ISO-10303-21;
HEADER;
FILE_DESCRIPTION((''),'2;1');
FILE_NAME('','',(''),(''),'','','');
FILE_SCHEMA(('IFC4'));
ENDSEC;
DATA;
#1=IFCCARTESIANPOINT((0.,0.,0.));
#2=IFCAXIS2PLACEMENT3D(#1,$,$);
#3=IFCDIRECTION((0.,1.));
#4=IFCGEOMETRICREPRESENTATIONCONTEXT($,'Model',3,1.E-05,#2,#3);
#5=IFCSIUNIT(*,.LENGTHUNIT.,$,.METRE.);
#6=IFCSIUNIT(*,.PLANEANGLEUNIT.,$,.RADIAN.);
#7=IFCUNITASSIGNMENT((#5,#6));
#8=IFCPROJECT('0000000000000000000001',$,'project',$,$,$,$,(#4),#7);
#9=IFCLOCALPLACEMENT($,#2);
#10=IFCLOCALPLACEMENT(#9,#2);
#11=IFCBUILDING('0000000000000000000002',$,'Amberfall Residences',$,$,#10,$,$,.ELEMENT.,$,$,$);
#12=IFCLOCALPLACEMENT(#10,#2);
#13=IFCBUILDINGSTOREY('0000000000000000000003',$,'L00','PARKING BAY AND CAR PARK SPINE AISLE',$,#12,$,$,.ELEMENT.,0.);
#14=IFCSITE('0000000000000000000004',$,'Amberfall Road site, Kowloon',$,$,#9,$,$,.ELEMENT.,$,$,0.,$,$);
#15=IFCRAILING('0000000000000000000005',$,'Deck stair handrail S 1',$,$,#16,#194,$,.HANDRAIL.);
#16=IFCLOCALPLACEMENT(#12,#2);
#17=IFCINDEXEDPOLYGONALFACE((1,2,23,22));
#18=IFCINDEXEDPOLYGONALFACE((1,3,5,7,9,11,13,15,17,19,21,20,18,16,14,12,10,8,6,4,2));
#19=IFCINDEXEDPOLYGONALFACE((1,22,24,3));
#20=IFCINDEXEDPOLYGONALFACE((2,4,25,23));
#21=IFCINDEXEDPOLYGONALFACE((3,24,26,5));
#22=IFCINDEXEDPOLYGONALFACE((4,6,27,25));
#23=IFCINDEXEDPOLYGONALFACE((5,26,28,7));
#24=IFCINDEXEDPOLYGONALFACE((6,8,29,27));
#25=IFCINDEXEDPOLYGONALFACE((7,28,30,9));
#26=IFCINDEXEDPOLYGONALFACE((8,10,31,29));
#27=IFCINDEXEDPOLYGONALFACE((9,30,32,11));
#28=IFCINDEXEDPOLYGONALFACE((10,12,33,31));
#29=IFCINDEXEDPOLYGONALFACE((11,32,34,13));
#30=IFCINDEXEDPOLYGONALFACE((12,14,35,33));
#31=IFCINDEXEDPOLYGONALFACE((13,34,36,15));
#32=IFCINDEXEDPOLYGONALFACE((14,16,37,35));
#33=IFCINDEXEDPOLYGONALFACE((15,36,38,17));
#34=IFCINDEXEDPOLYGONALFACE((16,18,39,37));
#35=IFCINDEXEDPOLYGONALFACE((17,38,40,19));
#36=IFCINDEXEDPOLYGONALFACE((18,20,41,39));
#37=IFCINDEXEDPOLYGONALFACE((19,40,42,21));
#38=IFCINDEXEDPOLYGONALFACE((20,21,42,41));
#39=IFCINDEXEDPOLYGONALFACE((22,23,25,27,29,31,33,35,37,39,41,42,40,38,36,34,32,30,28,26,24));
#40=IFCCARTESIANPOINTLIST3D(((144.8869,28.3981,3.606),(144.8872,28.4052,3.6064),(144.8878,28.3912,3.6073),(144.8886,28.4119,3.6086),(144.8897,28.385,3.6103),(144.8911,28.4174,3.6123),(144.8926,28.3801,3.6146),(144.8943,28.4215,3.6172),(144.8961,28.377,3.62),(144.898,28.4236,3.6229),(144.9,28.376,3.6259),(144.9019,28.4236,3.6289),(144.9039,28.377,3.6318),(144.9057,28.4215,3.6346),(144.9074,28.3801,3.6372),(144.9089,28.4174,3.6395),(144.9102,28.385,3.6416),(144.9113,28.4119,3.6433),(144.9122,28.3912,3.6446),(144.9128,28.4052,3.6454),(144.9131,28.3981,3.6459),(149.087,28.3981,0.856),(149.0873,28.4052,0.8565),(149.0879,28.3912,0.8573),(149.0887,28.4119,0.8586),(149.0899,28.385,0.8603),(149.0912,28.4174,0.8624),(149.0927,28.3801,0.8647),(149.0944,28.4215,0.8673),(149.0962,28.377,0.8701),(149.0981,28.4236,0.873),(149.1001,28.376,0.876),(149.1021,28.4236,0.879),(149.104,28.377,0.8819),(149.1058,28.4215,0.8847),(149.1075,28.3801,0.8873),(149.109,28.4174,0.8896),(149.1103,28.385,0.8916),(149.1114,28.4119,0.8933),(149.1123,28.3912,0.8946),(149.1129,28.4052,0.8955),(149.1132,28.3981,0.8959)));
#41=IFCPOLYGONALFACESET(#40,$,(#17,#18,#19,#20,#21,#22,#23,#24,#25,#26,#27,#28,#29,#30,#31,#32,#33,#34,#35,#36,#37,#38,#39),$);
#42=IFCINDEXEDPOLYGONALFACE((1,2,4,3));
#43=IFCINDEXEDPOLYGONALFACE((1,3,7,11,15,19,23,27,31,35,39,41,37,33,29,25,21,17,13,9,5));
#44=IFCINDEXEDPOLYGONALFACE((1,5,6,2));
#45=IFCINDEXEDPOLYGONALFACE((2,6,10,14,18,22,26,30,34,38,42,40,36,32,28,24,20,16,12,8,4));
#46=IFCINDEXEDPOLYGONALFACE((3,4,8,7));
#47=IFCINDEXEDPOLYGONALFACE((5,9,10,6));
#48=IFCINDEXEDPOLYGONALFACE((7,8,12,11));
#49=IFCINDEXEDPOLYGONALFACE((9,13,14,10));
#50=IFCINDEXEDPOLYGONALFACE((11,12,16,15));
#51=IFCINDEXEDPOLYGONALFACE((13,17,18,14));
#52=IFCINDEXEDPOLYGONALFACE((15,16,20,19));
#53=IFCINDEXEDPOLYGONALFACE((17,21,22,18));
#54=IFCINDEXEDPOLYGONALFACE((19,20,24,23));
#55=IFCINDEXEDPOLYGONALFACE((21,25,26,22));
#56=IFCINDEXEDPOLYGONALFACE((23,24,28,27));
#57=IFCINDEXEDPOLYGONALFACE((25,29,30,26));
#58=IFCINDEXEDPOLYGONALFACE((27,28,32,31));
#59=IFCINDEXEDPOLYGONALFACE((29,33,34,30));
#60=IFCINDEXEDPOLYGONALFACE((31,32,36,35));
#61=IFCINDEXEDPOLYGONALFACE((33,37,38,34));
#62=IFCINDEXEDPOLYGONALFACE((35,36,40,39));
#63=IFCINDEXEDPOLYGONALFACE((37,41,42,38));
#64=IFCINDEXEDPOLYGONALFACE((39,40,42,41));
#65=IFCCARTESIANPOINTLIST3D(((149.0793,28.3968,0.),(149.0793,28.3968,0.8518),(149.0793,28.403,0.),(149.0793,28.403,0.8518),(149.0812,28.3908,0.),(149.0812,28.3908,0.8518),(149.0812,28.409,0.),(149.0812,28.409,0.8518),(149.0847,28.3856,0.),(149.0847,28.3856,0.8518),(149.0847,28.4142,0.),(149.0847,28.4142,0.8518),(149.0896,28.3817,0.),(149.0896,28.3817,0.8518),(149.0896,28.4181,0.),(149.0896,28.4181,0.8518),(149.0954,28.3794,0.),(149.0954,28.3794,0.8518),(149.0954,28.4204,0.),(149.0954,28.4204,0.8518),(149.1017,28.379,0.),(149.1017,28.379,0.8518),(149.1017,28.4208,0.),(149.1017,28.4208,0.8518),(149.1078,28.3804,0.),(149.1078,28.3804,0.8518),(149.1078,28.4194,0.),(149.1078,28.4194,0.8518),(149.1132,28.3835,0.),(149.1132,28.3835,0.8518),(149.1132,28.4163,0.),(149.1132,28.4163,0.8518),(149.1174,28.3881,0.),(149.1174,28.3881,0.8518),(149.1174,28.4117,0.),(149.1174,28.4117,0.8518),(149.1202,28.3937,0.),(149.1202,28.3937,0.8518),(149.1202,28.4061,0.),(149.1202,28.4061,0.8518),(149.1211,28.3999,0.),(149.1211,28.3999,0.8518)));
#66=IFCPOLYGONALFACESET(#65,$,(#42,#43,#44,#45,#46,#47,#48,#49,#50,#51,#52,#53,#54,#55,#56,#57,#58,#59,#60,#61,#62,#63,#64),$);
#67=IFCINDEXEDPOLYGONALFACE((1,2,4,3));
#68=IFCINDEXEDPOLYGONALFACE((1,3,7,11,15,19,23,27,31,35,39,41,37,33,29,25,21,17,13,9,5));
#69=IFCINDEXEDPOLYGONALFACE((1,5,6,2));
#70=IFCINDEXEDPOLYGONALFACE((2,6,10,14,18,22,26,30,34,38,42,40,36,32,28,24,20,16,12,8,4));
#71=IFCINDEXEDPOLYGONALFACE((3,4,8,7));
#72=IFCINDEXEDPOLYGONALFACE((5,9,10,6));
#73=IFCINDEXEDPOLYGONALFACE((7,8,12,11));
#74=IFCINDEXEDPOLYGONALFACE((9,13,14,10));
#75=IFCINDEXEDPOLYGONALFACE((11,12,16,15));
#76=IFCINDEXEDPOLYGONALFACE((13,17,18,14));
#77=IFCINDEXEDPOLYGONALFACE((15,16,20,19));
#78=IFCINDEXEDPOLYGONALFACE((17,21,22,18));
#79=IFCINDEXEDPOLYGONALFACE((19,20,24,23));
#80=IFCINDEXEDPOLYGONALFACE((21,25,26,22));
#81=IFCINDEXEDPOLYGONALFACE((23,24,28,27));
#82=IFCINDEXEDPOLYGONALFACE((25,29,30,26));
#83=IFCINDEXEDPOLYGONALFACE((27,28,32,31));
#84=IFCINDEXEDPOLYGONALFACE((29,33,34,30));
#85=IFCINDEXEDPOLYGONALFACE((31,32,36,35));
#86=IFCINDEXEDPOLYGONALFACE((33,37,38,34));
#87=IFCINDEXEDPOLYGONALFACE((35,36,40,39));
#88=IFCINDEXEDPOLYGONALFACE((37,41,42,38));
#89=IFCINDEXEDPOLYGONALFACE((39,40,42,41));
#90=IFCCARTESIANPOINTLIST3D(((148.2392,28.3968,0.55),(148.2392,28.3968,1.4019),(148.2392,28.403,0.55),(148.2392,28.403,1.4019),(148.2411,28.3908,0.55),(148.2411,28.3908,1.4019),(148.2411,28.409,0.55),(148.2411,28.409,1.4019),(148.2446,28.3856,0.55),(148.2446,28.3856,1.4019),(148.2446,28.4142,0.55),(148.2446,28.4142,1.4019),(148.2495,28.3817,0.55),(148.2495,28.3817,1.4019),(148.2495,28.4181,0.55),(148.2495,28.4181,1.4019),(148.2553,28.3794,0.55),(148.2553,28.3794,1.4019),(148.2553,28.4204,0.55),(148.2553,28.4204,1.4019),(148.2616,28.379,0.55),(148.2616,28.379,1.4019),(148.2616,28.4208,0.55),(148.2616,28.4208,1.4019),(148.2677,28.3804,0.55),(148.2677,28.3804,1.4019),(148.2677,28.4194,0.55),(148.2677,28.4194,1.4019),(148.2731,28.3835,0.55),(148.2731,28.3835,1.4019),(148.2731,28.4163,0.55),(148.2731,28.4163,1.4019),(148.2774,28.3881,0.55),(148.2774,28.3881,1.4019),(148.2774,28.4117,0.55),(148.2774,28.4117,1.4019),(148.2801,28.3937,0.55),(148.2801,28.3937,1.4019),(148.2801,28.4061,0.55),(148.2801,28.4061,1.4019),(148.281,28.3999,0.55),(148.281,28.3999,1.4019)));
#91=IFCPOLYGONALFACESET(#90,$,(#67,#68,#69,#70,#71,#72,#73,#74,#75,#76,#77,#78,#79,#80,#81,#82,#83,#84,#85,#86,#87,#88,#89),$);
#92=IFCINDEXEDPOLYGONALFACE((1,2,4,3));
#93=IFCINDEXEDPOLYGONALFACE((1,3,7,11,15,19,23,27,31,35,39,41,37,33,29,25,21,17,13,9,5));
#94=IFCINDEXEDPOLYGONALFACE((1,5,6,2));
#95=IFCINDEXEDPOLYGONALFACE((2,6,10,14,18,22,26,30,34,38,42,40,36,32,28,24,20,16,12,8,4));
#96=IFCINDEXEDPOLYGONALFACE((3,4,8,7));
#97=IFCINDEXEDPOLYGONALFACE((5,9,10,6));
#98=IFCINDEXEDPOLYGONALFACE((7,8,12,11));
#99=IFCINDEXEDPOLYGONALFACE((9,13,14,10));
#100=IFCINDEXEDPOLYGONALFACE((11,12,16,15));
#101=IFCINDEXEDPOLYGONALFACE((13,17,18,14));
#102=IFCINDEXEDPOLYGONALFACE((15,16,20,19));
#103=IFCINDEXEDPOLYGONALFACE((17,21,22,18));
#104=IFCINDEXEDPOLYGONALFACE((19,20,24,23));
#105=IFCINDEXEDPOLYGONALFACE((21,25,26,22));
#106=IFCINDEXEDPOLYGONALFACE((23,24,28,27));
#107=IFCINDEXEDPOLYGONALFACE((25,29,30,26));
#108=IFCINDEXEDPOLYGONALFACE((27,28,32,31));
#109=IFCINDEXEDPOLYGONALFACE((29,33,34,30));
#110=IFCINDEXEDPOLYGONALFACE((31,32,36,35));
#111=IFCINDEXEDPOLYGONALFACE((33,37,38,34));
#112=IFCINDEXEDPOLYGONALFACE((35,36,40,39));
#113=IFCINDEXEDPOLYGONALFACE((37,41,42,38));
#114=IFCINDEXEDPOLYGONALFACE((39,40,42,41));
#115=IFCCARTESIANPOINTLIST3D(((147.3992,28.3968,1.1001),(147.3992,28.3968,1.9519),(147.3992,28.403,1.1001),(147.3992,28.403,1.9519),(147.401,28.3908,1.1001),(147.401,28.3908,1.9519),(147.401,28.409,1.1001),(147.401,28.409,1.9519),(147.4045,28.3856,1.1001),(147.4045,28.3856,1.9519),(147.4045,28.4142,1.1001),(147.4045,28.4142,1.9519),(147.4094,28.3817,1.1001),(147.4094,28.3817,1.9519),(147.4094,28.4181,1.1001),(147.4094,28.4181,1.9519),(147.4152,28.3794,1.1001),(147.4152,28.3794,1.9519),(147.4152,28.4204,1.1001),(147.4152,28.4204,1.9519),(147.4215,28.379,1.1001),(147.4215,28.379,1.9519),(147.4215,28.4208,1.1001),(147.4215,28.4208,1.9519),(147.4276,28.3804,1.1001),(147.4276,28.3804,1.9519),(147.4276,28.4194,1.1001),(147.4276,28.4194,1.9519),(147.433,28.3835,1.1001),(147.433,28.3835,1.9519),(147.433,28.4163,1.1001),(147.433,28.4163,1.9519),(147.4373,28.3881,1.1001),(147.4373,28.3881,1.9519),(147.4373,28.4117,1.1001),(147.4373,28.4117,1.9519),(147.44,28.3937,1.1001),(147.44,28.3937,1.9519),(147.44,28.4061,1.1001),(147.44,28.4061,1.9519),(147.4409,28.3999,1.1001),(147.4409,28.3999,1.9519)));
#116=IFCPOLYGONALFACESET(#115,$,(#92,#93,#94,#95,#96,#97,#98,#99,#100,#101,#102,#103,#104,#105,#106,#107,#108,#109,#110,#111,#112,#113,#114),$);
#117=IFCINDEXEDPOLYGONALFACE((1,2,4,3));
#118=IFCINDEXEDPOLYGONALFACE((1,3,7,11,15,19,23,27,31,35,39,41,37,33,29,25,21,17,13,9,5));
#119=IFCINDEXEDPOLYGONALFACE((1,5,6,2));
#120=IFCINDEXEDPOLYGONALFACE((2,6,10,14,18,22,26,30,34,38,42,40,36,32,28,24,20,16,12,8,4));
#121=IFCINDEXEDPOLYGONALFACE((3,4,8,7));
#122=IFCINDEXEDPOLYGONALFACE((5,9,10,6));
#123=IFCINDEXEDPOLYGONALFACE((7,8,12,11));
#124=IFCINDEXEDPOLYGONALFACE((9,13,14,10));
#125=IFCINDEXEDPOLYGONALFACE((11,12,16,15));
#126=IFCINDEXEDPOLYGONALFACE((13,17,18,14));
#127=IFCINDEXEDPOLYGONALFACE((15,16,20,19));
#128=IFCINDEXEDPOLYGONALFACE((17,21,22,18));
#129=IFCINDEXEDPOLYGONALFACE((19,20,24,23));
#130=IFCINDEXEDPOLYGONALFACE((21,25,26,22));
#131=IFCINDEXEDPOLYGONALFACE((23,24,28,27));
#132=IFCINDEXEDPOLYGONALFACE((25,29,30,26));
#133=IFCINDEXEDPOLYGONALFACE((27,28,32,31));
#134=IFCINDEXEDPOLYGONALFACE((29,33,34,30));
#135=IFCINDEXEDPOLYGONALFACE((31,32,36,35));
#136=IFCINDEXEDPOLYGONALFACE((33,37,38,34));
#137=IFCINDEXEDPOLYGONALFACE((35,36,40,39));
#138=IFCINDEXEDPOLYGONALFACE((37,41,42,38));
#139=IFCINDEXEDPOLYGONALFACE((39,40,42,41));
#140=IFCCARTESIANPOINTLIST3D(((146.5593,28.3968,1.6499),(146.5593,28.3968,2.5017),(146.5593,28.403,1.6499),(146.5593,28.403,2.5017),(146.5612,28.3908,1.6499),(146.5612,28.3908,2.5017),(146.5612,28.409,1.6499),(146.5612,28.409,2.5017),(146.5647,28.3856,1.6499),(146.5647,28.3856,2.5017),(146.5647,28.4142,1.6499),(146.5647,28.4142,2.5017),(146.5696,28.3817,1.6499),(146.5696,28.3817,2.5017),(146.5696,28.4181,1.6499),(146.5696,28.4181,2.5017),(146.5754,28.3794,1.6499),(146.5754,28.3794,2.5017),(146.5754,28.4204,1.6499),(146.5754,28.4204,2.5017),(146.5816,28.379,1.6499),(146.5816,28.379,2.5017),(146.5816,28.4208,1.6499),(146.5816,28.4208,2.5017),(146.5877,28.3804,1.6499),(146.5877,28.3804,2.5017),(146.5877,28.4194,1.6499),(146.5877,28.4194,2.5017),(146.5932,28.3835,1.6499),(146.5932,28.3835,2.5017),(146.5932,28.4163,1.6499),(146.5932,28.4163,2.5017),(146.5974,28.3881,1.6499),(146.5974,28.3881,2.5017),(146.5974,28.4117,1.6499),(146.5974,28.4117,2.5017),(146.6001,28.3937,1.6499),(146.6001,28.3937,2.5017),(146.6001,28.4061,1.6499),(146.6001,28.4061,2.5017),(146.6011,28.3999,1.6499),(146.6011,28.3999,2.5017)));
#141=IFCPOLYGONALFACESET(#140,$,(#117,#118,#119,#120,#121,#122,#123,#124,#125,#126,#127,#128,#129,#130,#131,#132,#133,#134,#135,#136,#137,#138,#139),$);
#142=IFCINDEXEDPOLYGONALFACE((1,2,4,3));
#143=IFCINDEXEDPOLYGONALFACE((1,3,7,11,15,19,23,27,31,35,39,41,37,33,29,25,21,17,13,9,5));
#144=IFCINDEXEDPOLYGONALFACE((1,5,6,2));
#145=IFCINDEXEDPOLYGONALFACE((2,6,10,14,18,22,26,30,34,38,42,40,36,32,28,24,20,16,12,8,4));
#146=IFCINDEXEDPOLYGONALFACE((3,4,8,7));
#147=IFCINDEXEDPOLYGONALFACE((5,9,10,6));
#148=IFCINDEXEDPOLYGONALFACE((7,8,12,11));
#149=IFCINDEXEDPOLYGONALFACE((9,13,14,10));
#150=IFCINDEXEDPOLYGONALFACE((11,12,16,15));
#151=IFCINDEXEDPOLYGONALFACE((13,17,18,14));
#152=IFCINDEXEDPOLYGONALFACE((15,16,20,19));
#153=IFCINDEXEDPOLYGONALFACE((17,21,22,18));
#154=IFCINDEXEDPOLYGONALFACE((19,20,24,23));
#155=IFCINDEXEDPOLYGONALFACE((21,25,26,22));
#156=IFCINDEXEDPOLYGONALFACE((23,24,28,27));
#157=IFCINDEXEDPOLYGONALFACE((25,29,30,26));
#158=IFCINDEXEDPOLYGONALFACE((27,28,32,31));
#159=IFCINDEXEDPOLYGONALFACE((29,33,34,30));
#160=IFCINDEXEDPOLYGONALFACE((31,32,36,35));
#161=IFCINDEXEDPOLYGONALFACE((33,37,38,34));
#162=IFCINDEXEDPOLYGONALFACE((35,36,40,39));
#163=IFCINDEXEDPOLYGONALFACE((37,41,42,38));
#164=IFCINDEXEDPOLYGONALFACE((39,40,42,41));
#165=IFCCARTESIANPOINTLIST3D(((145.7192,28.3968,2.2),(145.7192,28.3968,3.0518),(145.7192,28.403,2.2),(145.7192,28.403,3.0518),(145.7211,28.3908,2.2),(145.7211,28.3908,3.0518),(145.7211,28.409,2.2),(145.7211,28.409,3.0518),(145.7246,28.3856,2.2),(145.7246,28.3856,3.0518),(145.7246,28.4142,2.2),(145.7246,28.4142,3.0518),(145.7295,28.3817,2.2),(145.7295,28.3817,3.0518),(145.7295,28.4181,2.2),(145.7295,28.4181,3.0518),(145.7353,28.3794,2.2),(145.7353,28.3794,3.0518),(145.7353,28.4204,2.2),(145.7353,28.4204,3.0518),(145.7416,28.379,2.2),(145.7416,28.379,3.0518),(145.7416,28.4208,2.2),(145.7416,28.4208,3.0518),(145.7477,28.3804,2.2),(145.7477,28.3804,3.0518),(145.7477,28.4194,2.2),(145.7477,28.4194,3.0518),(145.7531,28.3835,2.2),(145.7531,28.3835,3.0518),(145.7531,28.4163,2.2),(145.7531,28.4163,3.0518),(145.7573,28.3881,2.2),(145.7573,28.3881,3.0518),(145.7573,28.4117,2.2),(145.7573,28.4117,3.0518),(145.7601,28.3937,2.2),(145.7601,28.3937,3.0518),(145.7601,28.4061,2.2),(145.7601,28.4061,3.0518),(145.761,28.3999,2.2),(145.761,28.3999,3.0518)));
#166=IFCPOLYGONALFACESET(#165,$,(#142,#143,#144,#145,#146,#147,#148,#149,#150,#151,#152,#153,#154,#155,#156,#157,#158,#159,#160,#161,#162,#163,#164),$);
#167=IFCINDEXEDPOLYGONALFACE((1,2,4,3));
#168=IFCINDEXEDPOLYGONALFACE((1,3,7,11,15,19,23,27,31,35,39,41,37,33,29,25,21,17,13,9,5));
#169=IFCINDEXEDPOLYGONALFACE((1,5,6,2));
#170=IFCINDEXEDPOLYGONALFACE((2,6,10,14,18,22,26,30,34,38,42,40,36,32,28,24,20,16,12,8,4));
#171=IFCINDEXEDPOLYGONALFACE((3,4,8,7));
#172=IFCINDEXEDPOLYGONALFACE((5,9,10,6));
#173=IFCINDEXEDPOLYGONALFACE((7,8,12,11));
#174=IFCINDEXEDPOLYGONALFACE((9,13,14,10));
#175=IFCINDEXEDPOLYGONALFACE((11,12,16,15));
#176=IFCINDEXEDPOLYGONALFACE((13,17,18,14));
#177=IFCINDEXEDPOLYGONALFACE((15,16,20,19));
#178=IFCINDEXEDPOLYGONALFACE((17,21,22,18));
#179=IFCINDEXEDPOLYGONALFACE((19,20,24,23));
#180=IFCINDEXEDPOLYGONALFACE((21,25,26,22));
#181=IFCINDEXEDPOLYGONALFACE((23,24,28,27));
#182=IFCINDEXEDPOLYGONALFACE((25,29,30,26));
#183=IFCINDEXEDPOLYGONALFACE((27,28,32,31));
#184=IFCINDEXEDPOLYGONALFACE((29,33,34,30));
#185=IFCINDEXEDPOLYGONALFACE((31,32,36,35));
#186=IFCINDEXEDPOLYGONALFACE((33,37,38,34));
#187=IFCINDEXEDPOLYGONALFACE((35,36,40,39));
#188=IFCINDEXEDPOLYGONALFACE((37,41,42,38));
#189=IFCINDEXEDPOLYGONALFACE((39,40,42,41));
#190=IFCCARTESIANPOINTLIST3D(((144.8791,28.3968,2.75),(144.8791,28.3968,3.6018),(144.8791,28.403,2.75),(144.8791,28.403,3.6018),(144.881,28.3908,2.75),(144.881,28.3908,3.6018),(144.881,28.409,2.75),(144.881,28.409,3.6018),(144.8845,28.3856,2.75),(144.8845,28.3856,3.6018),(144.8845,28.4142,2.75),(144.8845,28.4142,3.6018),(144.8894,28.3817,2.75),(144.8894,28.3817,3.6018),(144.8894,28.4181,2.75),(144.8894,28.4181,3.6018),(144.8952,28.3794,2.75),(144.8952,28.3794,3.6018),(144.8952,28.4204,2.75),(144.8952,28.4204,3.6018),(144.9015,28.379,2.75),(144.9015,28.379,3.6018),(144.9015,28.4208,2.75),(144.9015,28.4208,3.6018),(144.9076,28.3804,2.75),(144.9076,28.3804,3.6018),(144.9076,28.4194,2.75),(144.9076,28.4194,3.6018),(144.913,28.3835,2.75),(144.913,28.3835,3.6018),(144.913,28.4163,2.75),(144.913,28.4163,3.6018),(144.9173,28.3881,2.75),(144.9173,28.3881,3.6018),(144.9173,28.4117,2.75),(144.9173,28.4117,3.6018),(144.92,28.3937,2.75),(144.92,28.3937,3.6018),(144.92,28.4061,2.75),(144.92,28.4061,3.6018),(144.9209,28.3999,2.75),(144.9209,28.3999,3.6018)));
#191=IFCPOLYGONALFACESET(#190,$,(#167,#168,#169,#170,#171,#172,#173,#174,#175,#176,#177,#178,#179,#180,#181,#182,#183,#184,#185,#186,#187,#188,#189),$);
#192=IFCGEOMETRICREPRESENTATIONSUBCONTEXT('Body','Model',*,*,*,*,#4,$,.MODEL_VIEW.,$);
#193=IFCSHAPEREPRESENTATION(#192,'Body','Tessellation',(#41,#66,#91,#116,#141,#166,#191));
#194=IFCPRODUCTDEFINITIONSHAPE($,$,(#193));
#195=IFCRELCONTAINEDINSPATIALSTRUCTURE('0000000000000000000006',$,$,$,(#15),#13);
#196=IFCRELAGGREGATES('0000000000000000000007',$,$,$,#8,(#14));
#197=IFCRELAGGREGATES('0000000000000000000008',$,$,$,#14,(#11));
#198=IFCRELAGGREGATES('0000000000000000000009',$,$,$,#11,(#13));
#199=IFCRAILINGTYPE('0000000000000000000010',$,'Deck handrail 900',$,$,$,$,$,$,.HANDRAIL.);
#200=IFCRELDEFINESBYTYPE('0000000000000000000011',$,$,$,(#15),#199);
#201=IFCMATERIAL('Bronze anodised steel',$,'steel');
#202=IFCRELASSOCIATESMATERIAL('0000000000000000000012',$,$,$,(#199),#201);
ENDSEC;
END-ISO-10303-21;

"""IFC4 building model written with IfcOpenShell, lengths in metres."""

from ifc_helpers import new_model, si_unit, direction, frame, origin, origin_2d, place, context, subcontext, project, spatial, circle, extrude, material, type_object, element, save


model = new_model("IFC4")

# Units and contexts
model_context = context("Model", 3, precision=1e-05, world=origin(), true_north=direction((0.0, 1.0)))
body_context = subcontext(model_context, "Body", "Model", "MODEL_VIEW")
ifc_project = project(units=[si_unit("LENGTHUNIT", "METRE"), si_unit("PLANEANGLEUNIT", "RADIAN")], contexts=[model_context])

# Site, building, storey
site_placement = place(None, origin())
site = spatial("IfcSite", under=ifc_project, at=site_placement, Name="Amberfall Road site, Kowloon", CompositionType="ELEMENT", RefElevation=0.0)
building_placement = place(site_placement, origin())
building = spatial("IfcBuilding", under=site, at=building_placement, Name="Amberfall Residences", CompositionType="ELEMENT")
storey_placement = place(building_placement, origin())
storey = spatial("IfcBuildingStorey", under=building, at=storey_placement, Name="L00", Description="PARKING BAY AND CAR PARK SPINE AISLE", CompositionType="ELEMENT", Elevation=0.0)

# Railing
ifc_material_1 = material(Name="Bronze anodised steel", Category="steel")
railing_type = type_object("IfcRailingType", Name="Deck handrail 900", PredefinedType="HANDRAIL", material=ifc_material_1)
railing_1_placement = place(storey_placement, frame((149.1001, 28.3999, 0.0)))
element("IfcRailing", 1, at=railing_1_placement, inside=storey, type_object=railing_type, Name="Deck stair handrail S 1", PredefinedType="HANDRAIL", context=body_context, shape_type="SweptSolid", body=[
    extrude(circle(Radius=0.0239, at=origin_2d()), frame((0.0, 0.0, 0.876), z_axis=(-0.83663, 0.0, 0.547768), x_axis=(0.0, -1.0, 0.0)), (0.0, 0.0, 1.0), 5.0203),
    extrude(circle(Radius=0.021, at=origin_2d()), origin(), (0.0, 0.0, 1.0), 0.8518),
    extrude(circle(Radius=0.021, at=origin_2d()), frame((-0.8401, 0.0, 0.55)), (0.0, 0.0, 1.0), 0.8518),
    extrude(circle(Radius=0.021, at=origin_2d()), frame((-1.6802, 0.0, 1.1001)), (0.0, 0.0, 1.0), 0.8518),
    extrude(circle(Radius=0.021, at=origin_2d()), frame((-2.52, 0.0, 1.6499)), (0.0, 0.0, 1.0), 0.8518),
    extrude(circle(Radius=0.021, at=origin_2d()), frame((-3.3601, 0.0, 2.2)), (0.0, 0.0, 1.0), 0.8518),
    extrude(circle(Radius=0.021, at=origin_2d()), frame((-4.2002, 0.0, 2.75)), (0.0, 0.0, 1.0), 0.8518),
])

save(model, "model.ifc")
